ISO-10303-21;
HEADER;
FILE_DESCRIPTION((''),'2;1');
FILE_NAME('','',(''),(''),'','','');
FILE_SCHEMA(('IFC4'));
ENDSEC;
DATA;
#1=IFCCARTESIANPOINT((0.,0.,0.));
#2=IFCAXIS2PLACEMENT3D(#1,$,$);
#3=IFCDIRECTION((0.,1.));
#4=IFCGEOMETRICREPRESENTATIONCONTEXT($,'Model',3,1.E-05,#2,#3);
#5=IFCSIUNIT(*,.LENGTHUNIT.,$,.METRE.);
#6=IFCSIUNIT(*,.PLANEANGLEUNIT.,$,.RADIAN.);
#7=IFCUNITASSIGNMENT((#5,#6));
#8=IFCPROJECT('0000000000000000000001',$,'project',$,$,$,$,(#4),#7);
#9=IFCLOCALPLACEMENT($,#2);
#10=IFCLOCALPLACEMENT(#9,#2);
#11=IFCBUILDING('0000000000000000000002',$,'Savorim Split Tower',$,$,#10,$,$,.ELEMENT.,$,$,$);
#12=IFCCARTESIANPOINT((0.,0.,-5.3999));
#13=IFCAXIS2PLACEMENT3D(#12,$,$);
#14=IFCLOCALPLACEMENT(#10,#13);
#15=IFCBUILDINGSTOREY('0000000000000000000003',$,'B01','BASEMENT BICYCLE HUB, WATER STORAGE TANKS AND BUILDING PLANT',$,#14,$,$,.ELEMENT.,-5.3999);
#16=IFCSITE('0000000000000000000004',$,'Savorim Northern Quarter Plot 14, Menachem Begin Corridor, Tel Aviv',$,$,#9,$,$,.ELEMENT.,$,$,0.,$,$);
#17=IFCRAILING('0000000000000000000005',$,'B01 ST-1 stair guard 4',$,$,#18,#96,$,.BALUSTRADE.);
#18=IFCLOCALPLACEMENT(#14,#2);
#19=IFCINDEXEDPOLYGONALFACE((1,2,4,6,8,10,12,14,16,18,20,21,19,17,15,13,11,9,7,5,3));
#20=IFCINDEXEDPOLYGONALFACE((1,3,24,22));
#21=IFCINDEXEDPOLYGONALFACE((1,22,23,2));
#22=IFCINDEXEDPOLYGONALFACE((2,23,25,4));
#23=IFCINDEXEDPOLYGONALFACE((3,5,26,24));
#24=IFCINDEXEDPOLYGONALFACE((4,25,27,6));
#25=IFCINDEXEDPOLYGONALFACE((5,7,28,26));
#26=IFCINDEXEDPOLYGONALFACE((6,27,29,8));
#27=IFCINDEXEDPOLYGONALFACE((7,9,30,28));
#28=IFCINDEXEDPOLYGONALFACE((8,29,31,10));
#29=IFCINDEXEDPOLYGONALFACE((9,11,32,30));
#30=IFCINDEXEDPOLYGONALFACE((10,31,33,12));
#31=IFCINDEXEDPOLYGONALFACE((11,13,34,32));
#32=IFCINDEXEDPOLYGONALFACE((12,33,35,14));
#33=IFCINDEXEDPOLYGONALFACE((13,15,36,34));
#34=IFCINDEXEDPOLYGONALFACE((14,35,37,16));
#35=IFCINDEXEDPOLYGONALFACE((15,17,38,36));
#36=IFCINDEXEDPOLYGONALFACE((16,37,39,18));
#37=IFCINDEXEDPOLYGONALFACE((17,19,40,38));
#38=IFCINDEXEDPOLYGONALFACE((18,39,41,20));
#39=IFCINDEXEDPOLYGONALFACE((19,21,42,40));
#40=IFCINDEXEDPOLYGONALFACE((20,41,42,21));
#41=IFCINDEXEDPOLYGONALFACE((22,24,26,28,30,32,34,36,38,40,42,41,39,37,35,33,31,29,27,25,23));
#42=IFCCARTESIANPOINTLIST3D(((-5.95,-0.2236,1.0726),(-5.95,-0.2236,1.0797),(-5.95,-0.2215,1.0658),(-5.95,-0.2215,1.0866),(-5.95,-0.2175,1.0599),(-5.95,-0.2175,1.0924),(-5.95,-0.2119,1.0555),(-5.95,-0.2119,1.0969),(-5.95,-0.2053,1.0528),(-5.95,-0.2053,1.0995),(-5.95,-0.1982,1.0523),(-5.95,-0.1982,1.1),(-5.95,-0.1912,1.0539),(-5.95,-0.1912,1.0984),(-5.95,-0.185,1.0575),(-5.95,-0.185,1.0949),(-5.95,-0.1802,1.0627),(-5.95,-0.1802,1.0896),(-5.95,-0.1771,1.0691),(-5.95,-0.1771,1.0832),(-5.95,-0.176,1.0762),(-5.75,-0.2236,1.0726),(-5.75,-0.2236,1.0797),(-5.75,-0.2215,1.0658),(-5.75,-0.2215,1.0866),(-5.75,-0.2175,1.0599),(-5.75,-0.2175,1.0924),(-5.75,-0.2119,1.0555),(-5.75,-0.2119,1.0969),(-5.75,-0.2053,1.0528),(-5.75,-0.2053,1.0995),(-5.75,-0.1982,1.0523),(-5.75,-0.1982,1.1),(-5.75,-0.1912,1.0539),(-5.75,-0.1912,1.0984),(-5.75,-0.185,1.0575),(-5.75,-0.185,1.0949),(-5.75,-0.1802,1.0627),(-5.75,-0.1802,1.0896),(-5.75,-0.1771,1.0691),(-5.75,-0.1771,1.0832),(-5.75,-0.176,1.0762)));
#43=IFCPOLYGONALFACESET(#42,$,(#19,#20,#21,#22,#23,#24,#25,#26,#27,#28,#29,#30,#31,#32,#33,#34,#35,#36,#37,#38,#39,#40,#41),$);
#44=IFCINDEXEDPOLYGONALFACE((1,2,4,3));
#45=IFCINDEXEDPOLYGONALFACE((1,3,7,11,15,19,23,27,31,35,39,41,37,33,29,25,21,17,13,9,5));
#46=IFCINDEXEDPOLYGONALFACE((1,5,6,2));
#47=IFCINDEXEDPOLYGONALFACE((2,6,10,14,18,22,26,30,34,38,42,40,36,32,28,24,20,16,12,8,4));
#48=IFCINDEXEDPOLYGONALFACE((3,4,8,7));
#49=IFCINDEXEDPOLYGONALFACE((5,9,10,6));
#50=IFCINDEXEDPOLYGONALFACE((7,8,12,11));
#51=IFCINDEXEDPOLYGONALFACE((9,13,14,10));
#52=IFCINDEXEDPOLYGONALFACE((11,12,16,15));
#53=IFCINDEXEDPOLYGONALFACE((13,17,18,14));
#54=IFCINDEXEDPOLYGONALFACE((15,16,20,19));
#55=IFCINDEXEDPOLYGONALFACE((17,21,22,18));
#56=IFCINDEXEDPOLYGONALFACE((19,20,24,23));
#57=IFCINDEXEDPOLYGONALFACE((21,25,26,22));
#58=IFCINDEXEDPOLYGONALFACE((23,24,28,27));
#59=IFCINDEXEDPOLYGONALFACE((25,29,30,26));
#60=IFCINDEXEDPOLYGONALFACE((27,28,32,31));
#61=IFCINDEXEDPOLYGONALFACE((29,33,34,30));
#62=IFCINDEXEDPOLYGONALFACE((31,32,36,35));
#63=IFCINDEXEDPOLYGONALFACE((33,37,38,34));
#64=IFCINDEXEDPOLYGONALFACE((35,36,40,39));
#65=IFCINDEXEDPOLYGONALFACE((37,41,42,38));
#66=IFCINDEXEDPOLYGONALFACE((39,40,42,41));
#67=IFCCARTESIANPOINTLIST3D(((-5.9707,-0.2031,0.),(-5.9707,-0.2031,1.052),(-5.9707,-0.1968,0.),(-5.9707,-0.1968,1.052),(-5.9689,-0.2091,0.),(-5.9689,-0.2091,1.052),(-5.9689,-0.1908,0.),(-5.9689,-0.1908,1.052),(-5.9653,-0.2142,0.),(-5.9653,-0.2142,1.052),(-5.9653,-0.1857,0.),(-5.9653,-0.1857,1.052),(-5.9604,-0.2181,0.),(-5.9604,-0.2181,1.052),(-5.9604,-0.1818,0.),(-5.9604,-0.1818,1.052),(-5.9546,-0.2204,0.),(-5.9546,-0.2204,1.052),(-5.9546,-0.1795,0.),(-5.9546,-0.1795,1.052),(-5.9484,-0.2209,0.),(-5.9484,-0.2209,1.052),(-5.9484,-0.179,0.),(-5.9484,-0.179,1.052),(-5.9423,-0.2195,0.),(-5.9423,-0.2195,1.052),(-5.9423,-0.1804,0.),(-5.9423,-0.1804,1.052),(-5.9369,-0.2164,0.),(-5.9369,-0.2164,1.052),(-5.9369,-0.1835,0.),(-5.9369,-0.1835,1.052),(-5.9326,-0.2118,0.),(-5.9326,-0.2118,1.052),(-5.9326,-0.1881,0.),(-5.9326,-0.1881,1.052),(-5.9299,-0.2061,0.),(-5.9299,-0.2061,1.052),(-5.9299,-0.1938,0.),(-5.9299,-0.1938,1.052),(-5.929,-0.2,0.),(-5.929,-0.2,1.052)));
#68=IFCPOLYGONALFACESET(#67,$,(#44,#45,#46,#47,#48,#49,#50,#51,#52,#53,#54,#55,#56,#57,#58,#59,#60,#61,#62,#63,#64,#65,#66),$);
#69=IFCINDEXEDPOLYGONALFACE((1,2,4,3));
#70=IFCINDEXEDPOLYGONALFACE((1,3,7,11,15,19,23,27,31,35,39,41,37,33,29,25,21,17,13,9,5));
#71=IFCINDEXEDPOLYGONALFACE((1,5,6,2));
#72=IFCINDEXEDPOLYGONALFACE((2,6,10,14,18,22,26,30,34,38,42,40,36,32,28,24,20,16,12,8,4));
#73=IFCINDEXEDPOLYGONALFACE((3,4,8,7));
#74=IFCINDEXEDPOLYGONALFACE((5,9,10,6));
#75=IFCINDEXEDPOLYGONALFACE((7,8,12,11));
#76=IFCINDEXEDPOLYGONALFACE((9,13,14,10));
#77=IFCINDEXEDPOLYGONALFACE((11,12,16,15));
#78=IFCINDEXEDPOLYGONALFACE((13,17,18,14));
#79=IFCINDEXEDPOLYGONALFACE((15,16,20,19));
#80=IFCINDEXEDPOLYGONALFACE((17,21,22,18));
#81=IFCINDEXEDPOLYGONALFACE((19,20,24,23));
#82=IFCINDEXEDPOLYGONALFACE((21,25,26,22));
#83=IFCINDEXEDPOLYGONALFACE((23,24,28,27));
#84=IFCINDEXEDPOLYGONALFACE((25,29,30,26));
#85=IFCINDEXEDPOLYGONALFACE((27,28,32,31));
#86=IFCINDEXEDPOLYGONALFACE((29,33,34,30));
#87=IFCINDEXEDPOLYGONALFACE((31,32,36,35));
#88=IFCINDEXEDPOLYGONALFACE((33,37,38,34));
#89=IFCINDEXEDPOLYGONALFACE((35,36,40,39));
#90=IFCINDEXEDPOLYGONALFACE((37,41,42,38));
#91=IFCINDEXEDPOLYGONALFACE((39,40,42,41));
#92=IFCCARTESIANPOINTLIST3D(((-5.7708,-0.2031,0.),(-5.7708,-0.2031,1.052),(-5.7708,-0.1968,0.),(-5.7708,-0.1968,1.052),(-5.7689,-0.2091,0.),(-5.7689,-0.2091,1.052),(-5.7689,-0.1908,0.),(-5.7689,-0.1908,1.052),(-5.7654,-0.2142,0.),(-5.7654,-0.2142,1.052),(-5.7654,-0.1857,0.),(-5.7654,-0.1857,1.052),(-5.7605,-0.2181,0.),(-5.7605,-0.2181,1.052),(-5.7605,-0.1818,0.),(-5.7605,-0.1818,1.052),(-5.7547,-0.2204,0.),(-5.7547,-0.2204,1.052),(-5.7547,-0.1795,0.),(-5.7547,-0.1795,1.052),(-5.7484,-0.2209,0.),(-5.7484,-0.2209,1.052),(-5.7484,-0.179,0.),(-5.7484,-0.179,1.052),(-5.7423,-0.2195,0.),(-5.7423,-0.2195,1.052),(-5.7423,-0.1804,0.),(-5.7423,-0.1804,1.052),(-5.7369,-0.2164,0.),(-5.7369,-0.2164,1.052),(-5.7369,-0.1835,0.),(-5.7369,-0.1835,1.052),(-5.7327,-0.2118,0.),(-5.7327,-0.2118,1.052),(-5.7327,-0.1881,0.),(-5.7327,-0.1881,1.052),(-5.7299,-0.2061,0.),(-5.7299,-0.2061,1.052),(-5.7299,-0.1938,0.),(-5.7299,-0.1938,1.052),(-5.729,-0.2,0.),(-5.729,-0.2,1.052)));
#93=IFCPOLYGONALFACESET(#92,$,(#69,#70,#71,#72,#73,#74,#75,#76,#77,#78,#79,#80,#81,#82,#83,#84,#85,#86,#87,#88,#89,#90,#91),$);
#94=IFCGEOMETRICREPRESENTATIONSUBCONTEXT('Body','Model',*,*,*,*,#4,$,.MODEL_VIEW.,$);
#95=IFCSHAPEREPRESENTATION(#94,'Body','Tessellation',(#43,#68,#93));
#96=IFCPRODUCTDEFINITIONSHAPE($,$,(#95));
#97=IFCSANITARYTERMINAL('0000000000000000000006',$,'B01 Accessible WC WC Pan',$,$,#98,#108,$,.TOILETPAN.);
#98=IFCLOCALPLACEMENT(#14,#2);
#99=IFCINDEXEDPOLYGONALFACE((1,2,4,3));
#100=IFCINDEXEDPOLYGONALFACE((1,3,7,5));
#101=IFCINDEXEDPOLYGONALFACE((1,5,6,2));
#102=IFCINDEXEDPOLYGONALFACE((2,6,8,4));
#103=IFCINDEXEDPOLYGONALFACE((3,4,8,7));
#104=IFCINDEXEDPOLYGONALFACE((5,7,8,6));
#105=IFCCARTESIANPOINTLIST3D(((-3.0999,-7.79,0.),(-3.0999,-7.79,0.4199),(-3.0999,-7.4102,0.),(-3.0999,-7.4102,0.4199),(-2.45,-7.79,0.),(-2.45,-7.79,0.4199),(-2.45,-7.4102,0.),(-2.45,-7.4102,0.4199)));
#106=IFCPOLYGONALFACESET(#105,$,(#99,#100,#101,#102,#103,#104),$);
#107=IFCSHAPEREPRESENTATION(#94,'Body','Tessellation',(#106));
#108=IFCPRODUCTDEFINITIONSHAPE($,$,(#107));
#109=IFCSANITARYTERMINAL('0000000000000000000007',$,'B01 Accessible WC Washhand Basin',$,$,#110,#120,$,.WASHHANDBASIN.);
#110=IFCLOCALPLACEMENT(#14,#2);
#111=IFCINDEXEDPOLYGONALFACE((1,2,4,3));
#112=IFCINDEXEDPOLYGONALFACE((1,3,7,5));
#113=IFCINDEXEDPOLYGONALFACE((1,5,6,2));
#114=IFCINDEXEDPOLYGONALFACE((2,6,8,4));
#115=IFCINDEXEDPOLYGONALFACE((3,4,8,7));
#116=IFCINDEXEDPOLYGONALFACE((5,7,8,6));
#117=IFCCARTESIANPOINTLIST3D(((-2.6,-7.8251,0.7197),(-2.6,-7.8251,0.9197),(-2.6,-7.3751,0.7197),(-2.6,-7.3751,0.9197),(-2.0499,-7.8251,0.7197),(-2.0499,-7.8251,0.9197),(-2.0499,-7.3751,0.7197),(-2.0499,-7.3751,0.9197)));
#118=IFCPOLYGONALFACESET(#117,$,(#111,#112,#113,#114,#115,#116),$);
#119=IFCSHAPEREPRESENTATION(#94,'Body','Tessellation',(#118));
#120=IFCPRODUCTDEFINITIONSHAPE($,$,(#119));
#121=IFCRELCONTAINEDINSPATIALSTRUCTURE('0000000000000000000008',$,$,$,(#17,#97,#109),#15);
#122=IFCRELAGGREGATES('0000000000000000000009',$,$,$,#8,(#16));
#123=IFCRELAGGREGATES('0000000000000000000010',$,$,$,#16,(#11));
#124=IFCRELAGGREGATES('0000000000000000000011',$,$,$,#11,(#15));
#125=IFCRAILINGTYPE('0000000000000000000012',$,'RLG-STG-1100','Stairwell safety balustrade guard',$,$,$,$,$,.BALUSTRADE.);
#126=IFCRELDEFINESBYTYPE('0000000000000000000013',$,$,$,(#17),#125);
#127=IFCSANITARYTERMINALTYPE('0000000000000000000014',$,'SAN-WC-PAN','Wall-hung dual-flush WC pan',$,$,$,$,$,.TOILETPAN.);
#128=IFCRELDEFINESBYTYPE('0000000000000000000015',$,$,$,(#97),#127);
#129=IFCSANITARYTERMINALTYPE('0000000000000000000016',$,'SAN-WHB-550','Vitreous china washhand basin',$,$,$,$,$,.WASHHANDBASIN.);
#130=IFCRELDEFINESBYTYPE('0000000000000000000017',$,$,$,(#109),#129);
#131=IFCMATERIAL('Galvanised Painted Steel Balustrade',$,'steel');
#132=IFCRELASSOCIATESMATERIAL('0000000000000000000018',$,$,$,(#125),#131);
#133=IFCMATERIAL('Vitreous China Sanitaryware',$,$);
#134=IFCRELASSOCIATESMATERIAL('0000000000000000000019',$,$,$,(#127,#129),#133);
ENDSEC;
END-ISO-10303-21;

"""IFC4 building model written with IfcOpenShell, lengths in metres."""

from ifc_helpers import new_model, si_unit, direction, frame, origin, origin_2d, place, context, subcontext, project, spatial, rectangle, circle, extrude, material, type_object, element, save


model = new_model("IFC4")

# Units and contexts
model_context = context("Model", 3, precision=1e-05, world=origin(), true_north=direction((0.0, 1.0)))
body_context = subcontext(model_context, "Body", "Model", "MODEL_VIEW")
ifc_project = project(units=[si_unit("LENGTHUNIT", "METRE"), si_unit("PLANEANGLEUNIT", "RADIAN")], contexts=[model_context])

# Site, building, storey
site_placement = place(None, origin())
site = spatial("IfcSite", under=ifc_project, at=site_placement, Name="Savorim Northern Quarter Plot 14, Menachem Begin Corridor, Tel Aviv", CompositionType="ELEMENT", RefElevation=0.0)
building_placement = place(site_placement, origin())
building = spatial("IfcBuilding", under=site, at=building_placement, Name="Savorim Split Tower", CompositionType="ELEMENT")
storey_placement = place(building_placement, frame((0.0, 0.0, -5.3999)))
storey = spatial("IfcBuildingStorey", under=building, at=storey_placement, Name="B01", Description="BASEMENT BICYCLE HUB, WATER STORAGE TANKS AND BUILDING PLANT", CompositionType="ELEMENT", Elevation=-5.3999)

# Railing
ifc_material_1 = material(Name="Galvanised Painted Steel Balustrade", Category="steel")
railing_type_1 = type_object("IfcRailingType", Name="RLG-STG-1100", Description="Stairwell safety balustrade guard", PredefinedType="BALUSTRADE", material=ifc_material_1)
railing_1_placement = place(storey_placement, frame((-5.95, -0.2, 0.0)))
element("IfcRailing", 1, at=railing_1_placement, inside=storey, type_object=railing_type_1, Name="B01 ST-1 stair guard 4", PredefinedType="BALUSTRADE", context=body_context, shape_type="SweptSolid", body=[
    extrude(circle(Radius=0.0239, at=origin_2d()), frame((0.0, 0.0, 1.0762), z_axis=(1.0, 0.0, 0.0), x_axis=(0.0, 1.0, 0.0)), (0.0, 0.0, 1.0), 0.2),
    extrude(circle(Radius=0.021, at=origin_2d()), origin(), (0.0, 0.0, 1.0), 1.052),
    extrude(circle(Radius=0.021, at=origin_2d()), frame((0.2, 0.0, 0.0)), (0.0, 0.0, 1.0), 1.052),
])

# Sanitary terminals
ifc_material_2 = material(Name="Vitreous China Sanitaryware")
sanitary_terminal_type_1 = type_object("IfcSanitaryTerminalType", Name="SAN-WC-PAN", Description="Wall-hung dual-flush WC pan", PredefinedType="TOILETPAN", material=ifc_material_2)
sanitary_terminal_1_placement = place(storey_placement, frame((-2.7749, -7.6001, 0.0), z_axis=(0.0, 0.0, 1.0), x_axis=(1.0, 0.0, 0.0)))
element("IfcSanitaryTerminal", 2, at=sanitary_terminal_1_placement, inside=storey, type_object=sanitary_terminal_type_1, Name="B01 Accessible WC WC Pan", PredefinedType="TOILETPAN", context=body_context, shape_type="SweptSolid", body=[
    extrude(rectangle(XDim=0.6499, YDim=0.3799, at=origin_2d()), origin(), (0.0, 0.0, 1.0), 0.4199),
])
sanitary_terminal_type_2 = type_object("IfcSanitaryTerminalType", Name="SAN-WHB-550", Description="Vitreous china washhand basin", PredefinedType="WASHHANDBASIN", material=ifc_material_2)
sanitary_terminal_2_placement = place(storey_placement, frame((-2.325, -7.6001, 0.7197), z_axis=(0.0, 0.0, 1.0), x_axis=(1.0, 0.0, 0.0)))
element("IfcSanitaryTerminal", 3, at=sanitary_terminal_2_placement, inside=storey, type_object=sanitary_terminal_type_2, Name="B01 Accessible WC Washhand Basin", PredefinedType="WASHHANDBASIN", context=body_context, shape_type="SweptSolid", body=[
    extrude(rectangle(XDim=0.55, YDim=0.45, at=origin_2d()), origin(), (0.0, 0.0, 1.0), 0.2),
])

save(model, "model.ifc")
